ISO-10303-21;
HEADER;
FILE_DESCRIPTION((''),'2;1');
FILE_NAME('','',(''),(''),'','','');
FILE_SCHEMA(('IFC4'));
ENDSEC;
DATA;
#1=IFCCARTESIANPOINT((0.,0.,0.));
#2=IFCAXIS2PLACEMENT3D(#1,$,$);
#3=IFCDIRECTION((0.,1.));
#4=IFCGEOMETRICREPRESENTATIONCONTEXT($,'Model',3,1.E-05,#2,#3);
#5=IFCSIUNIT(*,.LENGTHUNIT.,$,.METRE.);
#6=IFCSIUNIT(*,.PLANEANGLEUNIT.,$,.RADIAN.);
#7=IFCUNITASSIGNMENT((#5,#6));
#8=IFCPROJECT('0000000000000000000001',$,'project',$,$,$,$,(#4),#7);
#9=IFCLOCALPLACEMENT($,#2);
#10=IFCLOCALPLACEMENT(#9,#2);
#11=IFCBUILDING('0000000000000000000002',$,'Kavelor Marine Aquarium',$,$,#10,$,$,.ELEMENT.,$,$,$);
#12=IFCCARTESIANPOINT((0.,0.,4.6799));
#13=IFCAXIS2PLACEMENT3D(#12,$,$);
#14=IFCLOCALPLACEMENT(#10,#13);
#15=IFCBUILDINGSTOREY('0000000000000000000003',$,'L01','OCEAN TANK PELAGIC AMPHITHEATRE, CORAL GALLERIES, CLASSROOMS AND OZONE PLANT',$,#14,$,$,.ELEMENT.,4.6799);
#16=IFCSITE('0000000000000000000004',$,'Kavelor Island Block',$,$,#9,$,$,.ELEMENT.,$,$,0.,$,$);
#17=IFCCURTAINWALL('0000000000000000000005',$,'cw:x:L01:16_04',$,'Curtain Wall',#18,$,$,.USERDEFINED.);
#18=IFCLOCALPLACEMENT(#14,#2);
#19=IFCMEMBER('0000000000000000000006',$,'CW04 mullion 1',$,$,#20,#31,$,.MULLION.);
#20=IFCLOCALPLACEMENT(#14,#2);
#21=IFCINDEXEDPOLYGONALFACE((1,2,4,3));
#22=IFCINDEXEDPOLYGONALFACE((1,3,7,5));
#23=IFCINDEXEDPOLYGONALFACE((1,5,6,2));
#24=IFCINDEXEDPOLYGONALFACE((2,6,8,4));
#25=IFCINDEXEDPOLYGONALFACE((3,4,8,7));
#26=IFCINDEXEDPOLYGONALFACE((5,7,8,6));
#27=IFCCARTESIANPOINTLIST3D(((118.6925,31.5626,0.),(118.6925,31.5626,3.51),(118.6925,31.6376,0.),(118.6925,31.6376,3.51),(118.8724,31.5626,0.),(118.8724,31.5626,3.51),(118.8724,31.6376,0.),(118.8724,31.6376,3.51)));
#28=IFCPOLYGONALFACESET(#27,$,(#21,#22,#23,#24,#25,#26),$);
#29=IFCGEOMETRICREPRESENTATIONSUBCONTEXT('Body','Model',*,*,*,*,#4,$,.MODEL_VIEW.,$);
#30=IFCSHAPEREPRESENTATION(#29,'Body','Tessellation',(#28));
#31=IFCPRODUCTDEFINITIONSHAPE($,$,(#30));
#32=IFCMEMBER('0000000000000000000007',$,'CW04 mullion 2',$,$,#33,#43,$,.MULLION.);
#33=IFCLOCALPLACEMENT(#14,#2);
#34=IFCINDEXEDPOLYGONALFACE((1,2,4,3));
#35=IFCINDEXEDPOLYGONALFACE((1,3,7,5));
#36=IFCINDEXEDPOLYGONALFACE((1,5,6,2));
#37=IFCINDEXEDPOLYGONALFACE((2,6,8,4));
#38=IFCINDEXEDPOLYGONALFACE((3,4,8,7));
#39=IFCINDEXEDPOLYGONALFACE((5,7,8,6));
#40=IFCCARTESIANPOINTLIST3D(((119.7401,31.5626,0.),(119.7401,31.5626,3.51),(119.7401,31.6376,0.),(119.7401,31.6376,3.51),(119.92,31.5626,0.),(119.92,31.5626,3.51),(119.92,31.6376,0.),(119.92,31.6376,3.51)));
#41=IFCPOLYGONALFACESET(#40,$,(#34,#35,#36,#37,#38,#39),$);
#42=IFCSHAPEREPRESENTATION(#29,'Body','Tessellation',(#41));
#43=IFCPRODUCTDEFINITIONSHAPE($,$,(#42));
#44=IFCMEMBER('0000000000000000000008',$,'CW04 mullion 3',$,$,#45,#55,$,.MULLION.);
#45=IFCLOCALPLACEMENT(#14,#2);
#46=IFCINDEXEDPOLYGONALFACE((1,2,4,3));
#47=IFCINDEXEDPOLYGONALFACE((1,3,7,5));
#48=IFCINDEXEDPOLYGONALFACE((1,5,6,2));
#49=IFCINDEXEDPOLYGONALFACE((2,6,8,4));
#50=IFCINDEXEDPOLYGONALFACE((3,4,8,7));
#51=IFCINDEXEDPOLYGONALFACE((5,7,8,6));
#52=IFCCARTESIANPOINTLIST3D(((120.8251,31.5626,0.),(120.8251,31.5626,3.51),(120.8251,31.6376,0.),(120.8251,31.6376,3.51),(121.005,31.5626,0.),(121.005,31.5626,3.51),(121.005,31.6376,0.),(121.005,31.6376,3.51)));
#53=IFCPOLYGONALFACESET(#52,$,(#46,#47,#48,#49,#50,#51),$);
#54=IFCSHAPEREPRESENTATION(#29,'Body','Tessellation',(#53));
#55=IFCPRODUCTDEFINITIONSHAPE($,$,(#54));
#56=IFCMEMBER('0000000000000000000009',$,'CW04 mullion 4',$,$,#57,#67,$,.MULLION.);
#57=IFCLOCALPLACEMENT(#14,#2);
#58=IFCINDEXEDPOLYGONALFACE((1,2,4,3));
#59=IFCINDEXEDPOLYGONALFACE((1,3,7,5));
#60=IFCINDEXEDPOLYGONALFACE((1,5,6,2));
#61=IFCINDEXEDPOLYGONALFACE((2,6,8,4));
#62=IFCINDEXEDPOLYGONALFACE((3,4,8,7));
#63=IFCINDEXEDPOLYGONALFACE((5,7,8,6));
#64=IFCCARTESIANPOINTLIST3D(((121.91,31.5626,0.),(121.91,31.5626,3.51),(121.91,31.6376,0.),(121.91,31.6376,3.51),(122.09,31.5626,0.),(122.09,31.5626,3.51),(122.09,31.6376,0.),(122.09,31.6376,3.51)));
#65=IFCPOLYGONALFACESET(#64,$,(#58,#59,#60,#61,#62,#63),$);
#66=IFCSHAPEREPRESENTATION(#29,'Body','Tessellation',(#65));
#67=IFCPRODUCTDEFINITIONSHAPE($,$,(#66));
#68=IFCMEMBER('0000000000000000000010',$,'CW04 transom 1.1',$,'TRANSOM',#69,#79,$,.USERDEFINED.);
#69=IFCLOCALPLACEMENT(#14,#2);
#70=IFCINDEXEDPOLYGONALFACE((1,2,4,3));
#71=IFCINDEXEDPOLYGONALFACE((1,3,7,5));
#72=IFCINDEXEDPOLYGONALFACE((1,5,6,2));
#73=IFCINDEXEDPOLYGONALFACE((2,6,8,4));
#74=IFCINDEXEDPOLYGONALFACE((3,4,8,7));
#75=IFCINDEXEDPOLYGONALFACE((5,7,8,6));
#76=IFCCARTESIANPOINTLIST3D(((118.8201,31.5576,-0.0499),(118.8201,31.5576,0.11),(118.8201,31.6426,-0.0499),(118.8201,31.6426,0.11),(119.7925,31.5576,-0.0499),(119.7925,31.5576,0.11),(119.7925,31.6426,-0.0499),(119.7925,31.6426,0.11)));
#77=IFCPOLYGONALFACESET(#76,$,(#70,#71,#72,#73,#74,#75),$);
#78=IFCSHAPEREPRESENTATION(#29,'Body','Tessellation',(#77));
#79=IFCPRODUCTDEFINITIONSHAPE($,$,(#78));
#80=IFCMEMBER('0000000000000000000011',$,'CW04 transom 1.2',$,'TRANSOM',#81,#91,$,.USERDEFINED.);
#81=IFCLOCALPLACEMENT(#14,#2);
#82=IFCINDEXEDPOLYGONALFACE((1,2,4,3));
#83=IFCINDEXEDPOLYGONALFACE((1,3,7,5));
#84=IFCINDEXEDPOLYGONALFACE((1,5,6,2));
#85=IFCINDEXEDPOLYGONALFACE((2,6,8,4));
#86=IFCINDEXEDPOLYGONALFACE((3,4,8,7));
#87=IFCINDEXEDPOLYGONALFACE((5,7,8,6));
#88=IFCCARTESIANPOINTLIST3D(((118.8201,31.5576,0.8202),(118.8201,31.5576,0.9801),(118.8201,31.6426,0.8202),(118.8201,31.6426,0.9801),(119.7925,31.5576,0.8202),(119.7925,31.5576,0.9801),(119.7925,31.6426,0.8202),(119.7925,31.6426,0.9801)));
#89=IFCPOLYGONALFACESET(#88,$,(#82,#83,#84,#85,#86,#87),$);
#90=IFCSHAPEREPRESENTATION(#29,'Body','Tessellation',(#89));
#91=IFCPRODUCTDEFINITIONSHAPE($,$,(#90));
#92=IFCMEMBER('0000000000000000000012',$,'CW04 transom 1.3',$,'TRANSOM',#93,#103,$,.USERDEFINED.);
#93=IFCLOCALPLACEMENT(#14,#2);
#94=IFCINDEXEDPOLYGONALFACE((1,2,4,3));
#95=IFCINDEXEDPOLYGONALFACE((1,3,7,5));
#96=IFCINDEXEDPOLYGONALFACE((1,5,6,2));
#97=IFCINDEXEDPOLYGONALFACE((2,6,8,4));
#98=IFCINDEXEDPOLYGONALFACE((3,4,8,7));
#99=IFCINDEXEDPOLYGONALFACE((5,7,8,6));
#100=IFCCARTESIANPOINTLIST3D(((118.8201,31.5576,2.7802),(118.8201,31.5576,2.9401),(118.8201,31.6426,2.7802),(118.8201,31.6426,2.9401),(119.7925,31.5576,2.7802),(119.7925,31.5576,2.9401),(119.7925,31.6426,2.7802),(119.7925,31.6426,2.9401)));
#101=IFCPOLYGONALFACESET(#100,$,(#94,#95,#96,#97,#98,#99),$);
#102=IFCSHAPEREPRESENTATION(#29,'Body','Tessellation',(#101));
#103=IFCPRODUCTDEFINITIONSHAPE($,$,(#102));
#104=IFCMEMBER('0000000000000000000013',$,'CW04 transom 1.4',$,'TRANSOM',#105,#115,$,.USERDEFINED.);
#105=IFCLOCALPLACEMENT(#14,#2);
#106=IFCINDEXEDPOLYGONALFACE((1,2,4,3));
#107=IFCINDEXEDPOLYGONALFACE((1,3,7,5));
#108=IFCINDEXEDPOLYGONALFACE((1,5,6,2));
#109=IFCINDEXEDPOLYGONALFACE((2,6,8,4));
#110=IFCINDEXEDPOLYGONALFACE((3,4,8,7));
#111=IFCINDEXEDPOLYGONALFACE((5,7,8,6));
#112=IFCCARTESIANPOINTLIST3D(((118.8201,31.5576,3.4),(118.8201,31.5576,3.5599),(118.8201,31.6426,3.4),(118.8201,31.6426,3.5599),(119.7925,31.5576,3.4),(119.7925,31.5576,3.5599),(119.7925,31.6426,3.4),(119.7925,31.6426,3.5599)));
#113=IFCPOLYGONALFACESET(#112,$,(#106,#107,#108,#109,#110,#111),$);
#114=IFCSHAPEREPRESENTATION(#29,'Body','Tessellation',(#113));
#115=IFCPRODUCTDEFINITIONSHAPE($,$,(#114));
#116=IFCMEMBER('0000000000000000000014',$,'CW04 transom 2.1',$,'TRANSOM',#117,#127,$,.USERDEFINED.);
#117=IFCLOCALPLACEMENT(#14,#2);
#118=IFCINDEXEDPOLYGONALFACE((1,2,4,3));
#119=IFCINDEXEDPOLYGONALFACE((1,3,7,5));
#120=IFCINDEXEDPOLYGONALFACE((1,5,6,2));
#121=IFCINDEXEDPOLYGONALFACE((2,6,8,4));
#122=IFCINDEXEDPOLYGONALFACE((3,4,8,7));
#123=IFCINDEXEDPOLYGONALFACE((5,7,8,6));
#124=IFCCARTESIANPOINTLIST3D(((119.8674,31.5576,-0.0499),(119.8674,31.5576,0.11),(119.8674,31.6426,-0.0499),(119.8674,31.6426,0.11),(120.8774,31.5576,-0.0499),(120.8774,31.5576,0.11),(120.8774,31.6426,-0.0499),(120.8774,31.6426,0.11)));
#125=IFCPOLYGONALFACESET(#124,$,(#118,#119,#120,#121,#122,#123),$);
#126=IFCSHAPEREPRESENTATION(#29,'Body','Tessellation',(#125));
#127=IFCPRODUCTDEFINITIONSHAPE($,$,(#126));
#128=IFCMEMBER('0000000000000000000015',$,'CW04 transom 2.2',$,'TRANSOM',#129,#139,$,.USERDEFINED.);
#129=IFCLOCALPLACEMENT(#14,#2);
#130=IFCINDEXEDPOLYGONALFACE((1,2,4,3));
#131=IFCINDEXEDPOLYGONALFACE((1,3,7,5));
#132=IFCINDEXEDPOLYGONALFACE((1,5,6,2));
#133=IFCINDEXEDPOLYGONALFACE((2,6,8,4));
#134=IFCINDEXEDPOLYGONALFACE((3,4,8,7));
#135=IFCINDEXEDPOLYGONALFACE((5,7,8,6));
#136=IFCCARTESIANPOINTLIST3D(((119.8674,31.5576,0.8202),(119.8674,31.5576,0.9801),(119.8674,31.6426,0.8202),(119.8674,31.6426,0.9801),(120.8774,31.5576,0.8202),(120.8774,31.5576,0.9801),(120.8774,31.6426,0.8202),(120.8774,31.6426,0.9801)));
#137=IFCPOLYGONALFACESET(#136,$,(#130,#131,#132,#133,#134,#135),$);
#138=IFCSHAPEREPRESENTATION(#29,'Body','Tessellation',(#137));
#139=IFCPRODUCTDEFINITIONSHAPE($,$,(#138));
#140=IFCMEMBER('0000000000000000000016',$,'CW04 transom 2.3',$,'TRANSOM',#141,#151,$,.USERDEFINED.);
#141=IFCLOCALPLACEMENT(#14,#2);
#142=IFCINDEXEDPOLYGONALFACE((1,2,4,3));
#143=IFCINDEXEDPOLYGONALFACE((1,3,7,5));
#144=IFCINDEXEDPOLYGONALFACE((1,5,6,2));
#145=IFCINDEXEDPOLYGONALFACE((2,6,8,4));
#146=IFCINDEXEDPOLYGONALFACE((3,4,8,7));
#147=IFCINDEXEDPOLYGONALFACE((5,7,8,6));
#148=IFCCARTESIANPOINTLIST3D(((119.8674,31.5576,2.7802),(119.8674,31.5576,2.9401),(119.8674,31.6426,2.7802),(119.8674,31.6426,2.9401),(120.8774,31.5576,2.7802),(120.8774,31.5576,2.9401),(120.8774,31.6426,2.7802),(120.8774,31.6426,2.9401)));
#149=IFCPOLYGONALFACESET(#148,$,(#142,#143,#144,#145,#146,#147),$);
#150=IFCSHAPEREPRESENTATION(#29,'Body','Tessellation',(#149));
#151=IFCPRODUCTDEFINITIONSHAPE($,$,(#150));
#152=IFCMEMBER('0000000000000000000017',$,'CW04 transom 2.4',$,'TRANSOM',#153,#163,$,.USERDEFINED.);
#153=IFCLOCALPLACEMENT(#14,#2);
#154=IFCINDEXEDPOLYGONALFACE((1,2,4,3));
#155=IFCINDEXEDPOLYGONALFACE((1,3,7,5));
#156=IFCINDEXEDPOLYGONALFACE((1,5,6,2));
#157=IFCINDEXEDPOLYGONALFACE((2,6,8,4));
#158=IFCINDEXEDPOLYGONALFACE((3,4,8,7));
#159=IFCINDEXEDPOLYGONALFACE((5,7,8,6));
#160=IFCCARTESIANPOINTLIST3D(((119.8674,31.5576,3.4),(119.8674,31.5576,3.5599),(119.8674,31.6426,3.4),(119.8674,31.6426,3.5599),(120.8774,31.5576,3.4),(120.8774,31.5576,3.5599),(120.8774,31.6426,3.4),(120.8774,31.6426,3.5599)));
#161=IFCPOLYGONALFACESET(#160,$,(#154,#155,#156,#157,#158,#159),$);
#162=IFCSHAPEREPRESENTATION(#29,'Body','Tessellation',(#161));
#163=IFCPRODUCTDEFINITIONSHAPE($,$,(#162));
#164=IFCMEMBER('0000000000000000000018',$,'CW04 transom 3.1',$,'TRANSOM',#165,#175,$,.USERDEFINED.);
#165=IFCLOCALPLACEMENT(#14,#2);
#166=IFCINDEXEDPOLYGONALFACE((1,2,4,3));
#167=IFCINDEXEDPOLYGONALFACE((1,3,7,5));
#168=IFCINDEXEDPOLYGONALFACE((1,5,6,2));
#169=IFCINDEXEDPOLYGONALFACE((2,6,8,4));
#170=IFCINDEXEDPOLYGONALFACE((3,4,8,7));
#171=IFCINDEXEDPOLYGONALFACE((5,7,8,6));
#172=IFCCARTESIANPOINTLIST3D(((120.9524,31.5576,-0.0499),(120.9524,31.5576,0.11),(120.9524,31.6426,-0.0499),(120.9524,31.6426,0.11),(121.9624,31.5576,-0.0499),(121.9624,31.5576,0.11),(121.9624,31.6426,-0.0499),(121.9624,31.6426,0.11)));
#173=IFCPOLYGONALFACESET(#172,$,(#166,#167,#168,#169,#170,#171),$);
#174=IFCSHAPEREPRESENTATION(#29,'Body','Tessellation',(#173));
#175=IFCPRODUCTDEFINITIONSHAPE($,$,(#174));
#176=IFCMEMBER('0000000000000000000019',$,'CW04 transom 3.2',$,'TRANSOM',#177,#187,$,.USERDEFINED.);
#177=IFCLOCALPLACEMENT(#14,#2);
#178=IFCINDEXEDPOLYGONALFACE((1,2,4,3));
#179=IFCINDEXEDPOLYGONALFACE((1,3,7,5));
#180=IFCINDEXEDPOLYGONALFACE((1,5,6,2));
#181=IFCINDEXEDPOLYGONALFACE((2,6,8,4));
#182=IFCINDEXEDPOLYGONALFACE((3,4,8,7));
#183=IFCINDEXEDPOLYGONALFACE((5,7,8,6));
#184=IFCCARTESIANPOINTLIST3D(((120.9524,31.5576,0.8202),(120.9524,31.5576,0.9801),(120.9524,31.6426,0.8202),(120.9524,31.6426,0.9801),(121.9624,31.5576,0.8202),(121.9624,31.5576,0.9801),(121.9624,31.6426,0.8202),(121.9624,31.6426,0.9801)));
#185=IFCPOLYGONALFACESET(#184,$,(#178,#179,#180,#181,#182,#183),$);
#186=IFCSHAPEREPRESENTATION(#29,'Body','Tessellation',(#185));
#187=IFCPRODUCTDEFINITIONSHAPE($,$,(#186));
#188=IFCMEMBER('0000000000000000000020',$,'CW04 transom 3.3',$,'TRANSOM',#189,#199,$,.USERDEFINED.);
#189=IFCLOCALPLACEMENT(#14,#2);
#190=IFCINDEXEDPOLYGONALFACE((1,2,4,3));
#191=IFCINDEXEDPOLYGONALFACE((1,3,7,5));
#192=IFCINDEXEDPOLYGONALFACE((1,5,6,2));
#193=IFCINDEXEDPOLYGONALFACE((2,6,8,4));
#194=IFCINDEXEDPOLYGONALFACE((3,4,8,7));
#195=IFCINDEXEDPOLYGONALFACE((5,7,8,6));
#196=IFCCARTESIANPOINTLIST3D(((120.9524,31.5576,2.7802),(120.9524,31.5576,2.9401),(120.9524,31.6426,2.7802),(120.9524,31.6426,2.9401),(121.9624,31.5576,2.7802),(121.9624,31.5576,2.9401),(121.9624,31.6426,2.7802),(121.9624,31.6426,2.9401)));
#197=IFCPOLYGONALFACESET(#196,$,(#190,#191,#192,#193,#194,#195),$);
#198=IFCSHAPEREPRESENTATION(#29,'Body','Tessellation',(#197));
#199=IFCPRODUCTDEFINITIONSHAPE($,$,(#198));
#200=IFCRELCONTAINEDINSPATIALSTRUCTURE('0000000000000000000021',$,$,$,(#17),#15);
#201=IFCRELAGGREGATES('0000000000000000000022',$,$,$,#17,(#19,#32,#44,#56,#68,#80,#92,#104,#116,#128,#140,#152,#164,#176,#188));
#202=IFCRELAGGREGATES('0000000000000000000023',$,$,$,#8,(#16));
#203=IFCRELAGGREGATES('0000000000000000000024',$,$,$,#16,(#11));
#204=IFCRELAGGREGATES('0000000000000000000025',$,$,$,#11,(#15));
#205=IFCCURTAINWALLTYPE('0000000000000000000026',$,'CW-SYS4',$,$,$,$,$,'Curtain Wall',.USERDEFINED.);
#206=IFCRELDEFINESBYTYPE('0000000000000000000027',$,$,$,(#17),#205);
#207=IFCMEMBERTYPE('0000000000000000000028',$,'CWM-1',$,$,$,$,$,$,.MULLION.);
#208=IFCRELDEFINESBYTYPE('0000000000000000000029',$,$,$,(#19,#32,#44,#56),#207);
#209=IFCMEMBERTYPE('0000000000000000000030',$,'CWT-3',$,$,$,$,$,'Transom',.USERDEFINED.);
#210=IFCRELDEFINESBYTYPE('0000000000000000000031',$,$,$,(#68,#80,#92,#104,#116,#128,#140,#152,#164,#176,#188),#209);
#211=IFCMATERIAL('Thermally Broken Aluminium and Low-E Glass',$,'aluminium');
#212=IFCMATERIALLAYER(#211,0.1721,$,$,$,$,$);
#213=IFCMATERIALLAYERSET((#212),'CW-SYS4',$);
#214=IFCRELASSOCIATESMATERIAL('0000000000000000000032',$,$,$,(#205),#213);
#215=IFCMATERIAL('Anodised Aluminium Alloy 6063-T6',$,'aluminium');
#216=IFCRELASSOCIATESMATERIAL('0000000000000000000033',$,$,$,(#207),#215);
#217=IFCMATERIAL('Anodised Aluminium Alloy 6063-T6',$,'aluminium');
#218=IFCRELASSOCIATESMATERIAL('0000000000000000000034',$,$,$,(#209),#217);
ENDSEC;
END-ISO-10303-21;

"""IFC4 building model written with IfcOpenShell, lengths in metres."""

from ifc_helpers import new_model, si_unit, direction, frame, origin, origin_2d, place, context, subcontext, project, spatial, rectangle, extrude, material, layer, layer_set, material_profile, profile_set, type_object, element, aggregate, save


model = new_model("IFC4")

# Units and contexts
model_context = context("Model", 3, precision=1e-05, world=origin(), true_north=direction((0.0, 1.0)))
body_context = subcontext(model_context, "Body", "Model", "MODEL_VIEW")
ifc_project = project(units=[si_unit("LENGTHUNIT", "METRE"), si_unit("PLANEANGLEUNIT", "RADIAN")], contexts=[model_context])

# Site, building, storey
site_placement = place(None, origin())
site = spatial("IfcSite", under=ifc_project, at=site_placement, Name="Kavelor Island Block", CompositionType="ELEMENT", RefElevation=0.0)
building_placement = place(site_placement, origin())
building = spatial("IfcBuilding", under=site, at=building_placement, Name="Kavelor Marine Aquarium", CompositionType="ELEMENT")
storey_placement = place(building_placement, frame((0.0, 0.0, 4.6799)))
storey = spatial("IfcBuildingStorey", under=building, at=storey_placement, Name="L01", Description="OCEAN TANK PELAGIC AMPHITHEATRE, CORAL GALLERIES, CLASSROOMS AND OZONE PLANT", CompositionType="ELEMENT", Elevation=4.6799)

# Curtain wall, members
ifc_material_1 = material(Name="Thermally Broken Aluminium and Low-E Glass", Category="aluminium")
ifc_layer_1 = layer(ifc_material_1, 0.1721)
ifc_layer_set_1 = layer_set([ifc_layer_1], Name="CW-SYS4")
curtain_wall_type = type_object("IfcCurtainWallType", Name="CW-SYS4", ElementType="Curtain Wall", PredefinedType="USERDEFINED", material=ifc_layer_set_1)
curtain_wall_placement = place(storey_placement, origin())
curtain_wall = element("IfcCurtainWall", 1, at=curtain_wall_placement, inside=storey, type_object=curtain_wall_type, Name="cw:x:L01:16_04", ObjectType="Curtain Wall", PredefinedType="USERDEFINED")
ifc_material_2 = material(Name="Anodised Aluminium Alloy 6063-T6", Category="aluminium")
ifc_material_profile_1 = material_profile(ifc_material_2, rectangle(XDim=0.075, YDim=0.1799, at=origin_2d()), Name="CW-MUL 75x180")
ifc_profile_set_1 = profile_set([ifc_material_profile_1], Name="Anodised Aluminium Alloy 6063-T6")
member_type_1 = type_object("IfcMemberType", Name="CWM-1", PredefinedType="MULLION", material=ifc_profile_set_1)
member_1_placement = place(storey_placement, frame((118.7825, 31.6001, 0.0), z_axis=(0.0, 0.0, 1.0), x_axis=(0.0, 1.0, 0.0)))
member_1 = element("IfcMember", 2, at=member_1_placement, type_object=member_type_1, Name="CW04 mullion 1", PredefinedType="MULLION", context=body_context, shape_type="SweptSolid", body=[
    extrude(rectangle(XDim=0.075, YDim=0.1799, at=origin_2d()), origin(), (0.0, 0.0, 1.0), 3.51),
])
member_2_placement = place(storey_placement, frame((119.8301, 31.6001, 0.0), z_axis=(0.0, 0.0, 1.0), x_axis=(0.0, 1.0, 0.0)))
member_2 = element("IfcMember", 3, at=member_2_placement, type_object=member_type_1, Name="CW04 mullion 2", PredefinedType="MULLION", context=body_context, shape_type="SweptSolid", body=[
    extrude(rectangle(XDim=0.075, YDim=0.1799, at=origin_2d()), origin(), (0.0, 0.0, 1.0), 3.51),
])
member_3_placement = place(storey_placement, frame((120.915, 31.6001, 0.0), z_axis=(0.0, 0.0, 1.0), x_axis=(0.0, 1.0, 0.0)))
member_3 = element("IfcMember", 4, at=member_3_placement, type_object=member_type_1, Name="CW04 mullion 3", PredefinedType="MULLION", context=body_context, shape_type="SweptSolid", body=[
    extrude(rectangle(XDim=0.075, YDim=0.1799, at=origin_2d()), origin(), (0.0, 0.0, 1.0), 3.51),
])
member_4_placement = place(storey_placement, frame((122.0, 31.6001, 0.0), z_axis=(0.0, 0.0, 1.0), x_axis=(0.0, 1.0, 0.0)))
member_4 = element("IfcMember", 5, at=member_4_placement, type_object=member_type_1, Name="CW04 mullion 4", PredefinedType="MULLION", context=body_context, shape_type="SweptSolid", body=[
    extrude(rectangle(XDim=0.075, YDim=0.1799, at=origin_2d()), origin(), (0.0, 0.0, 1.0), 3.51),
])
ifc_material_3 = material(Name="Anodised Aluminium Alloy 6063-T6", Category="aluminium")
ifc_material_profile_2 = material_profile(ifc_material_3, rectangle(XDim=0.085, YDim=0.1599, at=origin_2d()), Name="CW-TRN 85x160")
ifc_profile_set_2 = profile_set([ifc_material_profile_2], Name="Anodised Aluminium Alloy 6063-T6")
member_type_2 = type_object("IfcMemberType", Name="CWT-3", ElementType="Transom", PredefinedType="USERDEFINED", material=ifc_profile_set_2)
member_5_placement = place(storey_placement, frame((118.8201, 31.6001, 0.03), z_axis=(1.0, 0.0, 0.0), x_axis=(0.0, 1.0, 0.0)))
member_5 = element("IfcMember", 6, at=member_5_placement, type_object=member_type_2, Name="CW04 transom 1.1", ObjectType="TRANSOM", PredefinedType="USERDEFINED", context=body_context, shape_type="SweptSolid", body=[
    extrude(rectangle(XDim=0.085, YDim=0.1599, at=origin_2d()), origin(), (0.0, 0.0, 1.0), 0.9724),
])
member_6_placement = place(storey_placement, frame((118.8201, 31.6001, 0.9001), z_axis=(1.0, 0.0, 0.0), x_axis=(0.0, 1.0, 0.0)))
member_6 = element("IfcMember", 7, at=member_6_placement, type_object=member_type_2, Name="CW04 transom 1.2", ObjectType="TRANSOM", PredefinedType="USERDEFINED", context=body_context, shape_type="SweptSolid", body=[
    extrude(rectangle(XDim=0.085, YDim=0.1599, at=origin_2d()), origin(), (0.0, 0.0, 1.0), 0.9724),
])
member_7_placement = place(storey_placement, frame((118.8201, 31.6001, 2.8601), z_axis=(1.0, 0.0, 0.0), x_axis=(0.0, 1.0, 0.0)))
member_7 = element("IfcMember", 8, at=member_7_placement, type_object=member_type_2, Name="CW04 transom 1.3", ObjectType="TRANSOM", PredefinedType="USERDEFINED", context=body_context, shape_type="SweptSolid", body=[
    extrude(rectangle(XDim=0.085, YDim=0.1599, at=origin_2d()), origin(), (0.0, 0.0, 1.0), 0.9724),
])
member_8_placement = place(storey_placement, frame((118.8201, 31.6001, 3.48), z_axis=(1.0, 0.0, 0.0), x_axis=(0.0, 1.0, 0.0)))
member_8 = element("IfcMember", 9, at=member_8_placement, type_object=member_type_2, Name="CW04 transom 1.4", ObjectType="TRANSOM", PredefinedType="USERDEFINED", context=body_context, shape_type="SweptSolid", body=[
    extrude(rectangle(XDim=0.085, YDim=0.1599, at=origin_2d()), origin(), (0.0, 0.0, 1.0), 0.9724),
])
member_9_placement = place(storey_placement, frame((119.8674, 31.6001, 0.03), z_axis=(1.0, 0.0, 0.0), x_axis=(0.0, 1.0, 0.0)))
member_9 = element("IfcMember", 10, at=member_9_placement, type_object=member_type_2, Name="CW04 transom 2.1", ObjectType="TRANSOM", PredefinedType="USERDEFINED", context=body_context, shape_type="SweptSolid", body=[
    extrude(rectangle(XDim=0.085, YDim=0.1599, at=origin_2d()), origin(), (0.0, 0.0, 1.0), 1.01),
])
member_10_placement = place(storey_placement, frame((119.8674, 31.6001, 0.9001), z_axis=(1.0, 0.0, 0.0), x_axis=(0.0, 1.0, 0.0)))
member_10 = element("IfcMember", 11, at=member_10_placement, type_object=member_type_2, Name="CW04 transom 2.2", ObjectType="TRANSOM", PredefinedType="USERDEFINED", context=body_context, shape_type="SweptSolid", body=[
    extrude(rectangle(XDim=0.085, YDim=0.1599, at=origin_2d()), origin(), (0.0, 0.0, 1.0), 1.01),
])
member_11_placement = place(storey_placement, frame((119.8674, 31.6001, 2.8601), z_axis=(1.0, 0.0, 0.0), x_axis=(0.0, 1.0, 0.0)))
member_11 = element("IfcMember", 12, at=member_11_placement, type_object=member_type_2, Name="CW04 transom 2.3", ObjectType="TRANSOM", PredefinedType="USERDEFINED", context=body_context, shape_type="SweptSolid", body=[
    extrude(rectangle(XDim=0.085, YDim=0.1599, at=origin_2d()), origin(), (0.0, 0.0, 1.0), 1.01),
])
member_12_placement = place(storey_placement, frame((119.8674, 31.6001, 3.48), z_axis=(1.0, 0.0, 0.0), x_axis=(0.0, 1.0, 0.0)))
member_12 = element("IfcMember", 13, at=member_12_placement, type_object=member_type_2, Name="CW04 transom 2.4", ObjectType="TRANSOM", PredefinedType="USERDEFINED", context=body_context, shape_type="SweptSolid", body=[
    extrude(rectangle(XDim=0.085, YDim=0.1599, at=origin_2d()), origin(), (0.0, 0.0, 1.0), 1.01),
])
member_13_placement = place(storey_placement, frame((120.9524, 31.6001, 0.03), z_axis=(1.0, 0.0, 0.0), x_axis=(0.0, 1.0, 0.0)))
member_13 = element("IfcMember", 14, at=member_13_placement, type_object=member_type_2, Name="CW04 transom 3.1", ObjectType="TRANSOM", PredefinedType="USERDEFINED", context=body_context, shape_type="SweptSolid", body=[
    extrude(rectangle(XDim=0.085, YDim=0.1599, at=origin_2d()), origin(), (0.0, 0.0, 1.0), 1.01),
])
member_14_placement = place(storey_placement, frame((120.9524, 31.6001, 0.9001), z_axis=(1.0, 0.0, 0.0), x_axis=(0.0, 1.0, 0.0)))
member_14 = element("IfcMember", 15, at=member_14_placement, type_object=member_type_2, Name="CW04 transom 3.2", ObjectType="TRANSOM", PredefinedType="USERDEFINED", context=body_context, shape_type="SweptSolid", body=[
    extrude(rectangle(XDim=0.085, YDim=0.1599, at=origin_2d()), origin(), (0.0, 0.0, 1.0), 1.01),
])
member_15_placement = place(storey_placement, frame((120.9524, 31.6001, 2.8601), z_axis=(1.0, 0.0, 0.0), x_axis=(0.0, 1.0, 0.0)))
member_15 = element("IfcMember", 16, at=member_15_placement, type_object=member_type_2, Name="CW04 transom 3.3", ObjectType="TRANSOM", PredefinedType="USERDEFINED", context=body_context, shape_type="SweptSolid", body=[
    extrude(rectangle(XDim=0.085, YDim=0.1599, at=origin_2d()), origin(), (0.0, 0.0, 1.0), 1.01),
])

aggregate(curtain_wall, [member_1, member_2, member_3, member_4, member_5, member_6, member_7, member_8, member_9, member_10, member_11, member_12, member_13, member_14, member_15])

save(model, "model.ifc")
